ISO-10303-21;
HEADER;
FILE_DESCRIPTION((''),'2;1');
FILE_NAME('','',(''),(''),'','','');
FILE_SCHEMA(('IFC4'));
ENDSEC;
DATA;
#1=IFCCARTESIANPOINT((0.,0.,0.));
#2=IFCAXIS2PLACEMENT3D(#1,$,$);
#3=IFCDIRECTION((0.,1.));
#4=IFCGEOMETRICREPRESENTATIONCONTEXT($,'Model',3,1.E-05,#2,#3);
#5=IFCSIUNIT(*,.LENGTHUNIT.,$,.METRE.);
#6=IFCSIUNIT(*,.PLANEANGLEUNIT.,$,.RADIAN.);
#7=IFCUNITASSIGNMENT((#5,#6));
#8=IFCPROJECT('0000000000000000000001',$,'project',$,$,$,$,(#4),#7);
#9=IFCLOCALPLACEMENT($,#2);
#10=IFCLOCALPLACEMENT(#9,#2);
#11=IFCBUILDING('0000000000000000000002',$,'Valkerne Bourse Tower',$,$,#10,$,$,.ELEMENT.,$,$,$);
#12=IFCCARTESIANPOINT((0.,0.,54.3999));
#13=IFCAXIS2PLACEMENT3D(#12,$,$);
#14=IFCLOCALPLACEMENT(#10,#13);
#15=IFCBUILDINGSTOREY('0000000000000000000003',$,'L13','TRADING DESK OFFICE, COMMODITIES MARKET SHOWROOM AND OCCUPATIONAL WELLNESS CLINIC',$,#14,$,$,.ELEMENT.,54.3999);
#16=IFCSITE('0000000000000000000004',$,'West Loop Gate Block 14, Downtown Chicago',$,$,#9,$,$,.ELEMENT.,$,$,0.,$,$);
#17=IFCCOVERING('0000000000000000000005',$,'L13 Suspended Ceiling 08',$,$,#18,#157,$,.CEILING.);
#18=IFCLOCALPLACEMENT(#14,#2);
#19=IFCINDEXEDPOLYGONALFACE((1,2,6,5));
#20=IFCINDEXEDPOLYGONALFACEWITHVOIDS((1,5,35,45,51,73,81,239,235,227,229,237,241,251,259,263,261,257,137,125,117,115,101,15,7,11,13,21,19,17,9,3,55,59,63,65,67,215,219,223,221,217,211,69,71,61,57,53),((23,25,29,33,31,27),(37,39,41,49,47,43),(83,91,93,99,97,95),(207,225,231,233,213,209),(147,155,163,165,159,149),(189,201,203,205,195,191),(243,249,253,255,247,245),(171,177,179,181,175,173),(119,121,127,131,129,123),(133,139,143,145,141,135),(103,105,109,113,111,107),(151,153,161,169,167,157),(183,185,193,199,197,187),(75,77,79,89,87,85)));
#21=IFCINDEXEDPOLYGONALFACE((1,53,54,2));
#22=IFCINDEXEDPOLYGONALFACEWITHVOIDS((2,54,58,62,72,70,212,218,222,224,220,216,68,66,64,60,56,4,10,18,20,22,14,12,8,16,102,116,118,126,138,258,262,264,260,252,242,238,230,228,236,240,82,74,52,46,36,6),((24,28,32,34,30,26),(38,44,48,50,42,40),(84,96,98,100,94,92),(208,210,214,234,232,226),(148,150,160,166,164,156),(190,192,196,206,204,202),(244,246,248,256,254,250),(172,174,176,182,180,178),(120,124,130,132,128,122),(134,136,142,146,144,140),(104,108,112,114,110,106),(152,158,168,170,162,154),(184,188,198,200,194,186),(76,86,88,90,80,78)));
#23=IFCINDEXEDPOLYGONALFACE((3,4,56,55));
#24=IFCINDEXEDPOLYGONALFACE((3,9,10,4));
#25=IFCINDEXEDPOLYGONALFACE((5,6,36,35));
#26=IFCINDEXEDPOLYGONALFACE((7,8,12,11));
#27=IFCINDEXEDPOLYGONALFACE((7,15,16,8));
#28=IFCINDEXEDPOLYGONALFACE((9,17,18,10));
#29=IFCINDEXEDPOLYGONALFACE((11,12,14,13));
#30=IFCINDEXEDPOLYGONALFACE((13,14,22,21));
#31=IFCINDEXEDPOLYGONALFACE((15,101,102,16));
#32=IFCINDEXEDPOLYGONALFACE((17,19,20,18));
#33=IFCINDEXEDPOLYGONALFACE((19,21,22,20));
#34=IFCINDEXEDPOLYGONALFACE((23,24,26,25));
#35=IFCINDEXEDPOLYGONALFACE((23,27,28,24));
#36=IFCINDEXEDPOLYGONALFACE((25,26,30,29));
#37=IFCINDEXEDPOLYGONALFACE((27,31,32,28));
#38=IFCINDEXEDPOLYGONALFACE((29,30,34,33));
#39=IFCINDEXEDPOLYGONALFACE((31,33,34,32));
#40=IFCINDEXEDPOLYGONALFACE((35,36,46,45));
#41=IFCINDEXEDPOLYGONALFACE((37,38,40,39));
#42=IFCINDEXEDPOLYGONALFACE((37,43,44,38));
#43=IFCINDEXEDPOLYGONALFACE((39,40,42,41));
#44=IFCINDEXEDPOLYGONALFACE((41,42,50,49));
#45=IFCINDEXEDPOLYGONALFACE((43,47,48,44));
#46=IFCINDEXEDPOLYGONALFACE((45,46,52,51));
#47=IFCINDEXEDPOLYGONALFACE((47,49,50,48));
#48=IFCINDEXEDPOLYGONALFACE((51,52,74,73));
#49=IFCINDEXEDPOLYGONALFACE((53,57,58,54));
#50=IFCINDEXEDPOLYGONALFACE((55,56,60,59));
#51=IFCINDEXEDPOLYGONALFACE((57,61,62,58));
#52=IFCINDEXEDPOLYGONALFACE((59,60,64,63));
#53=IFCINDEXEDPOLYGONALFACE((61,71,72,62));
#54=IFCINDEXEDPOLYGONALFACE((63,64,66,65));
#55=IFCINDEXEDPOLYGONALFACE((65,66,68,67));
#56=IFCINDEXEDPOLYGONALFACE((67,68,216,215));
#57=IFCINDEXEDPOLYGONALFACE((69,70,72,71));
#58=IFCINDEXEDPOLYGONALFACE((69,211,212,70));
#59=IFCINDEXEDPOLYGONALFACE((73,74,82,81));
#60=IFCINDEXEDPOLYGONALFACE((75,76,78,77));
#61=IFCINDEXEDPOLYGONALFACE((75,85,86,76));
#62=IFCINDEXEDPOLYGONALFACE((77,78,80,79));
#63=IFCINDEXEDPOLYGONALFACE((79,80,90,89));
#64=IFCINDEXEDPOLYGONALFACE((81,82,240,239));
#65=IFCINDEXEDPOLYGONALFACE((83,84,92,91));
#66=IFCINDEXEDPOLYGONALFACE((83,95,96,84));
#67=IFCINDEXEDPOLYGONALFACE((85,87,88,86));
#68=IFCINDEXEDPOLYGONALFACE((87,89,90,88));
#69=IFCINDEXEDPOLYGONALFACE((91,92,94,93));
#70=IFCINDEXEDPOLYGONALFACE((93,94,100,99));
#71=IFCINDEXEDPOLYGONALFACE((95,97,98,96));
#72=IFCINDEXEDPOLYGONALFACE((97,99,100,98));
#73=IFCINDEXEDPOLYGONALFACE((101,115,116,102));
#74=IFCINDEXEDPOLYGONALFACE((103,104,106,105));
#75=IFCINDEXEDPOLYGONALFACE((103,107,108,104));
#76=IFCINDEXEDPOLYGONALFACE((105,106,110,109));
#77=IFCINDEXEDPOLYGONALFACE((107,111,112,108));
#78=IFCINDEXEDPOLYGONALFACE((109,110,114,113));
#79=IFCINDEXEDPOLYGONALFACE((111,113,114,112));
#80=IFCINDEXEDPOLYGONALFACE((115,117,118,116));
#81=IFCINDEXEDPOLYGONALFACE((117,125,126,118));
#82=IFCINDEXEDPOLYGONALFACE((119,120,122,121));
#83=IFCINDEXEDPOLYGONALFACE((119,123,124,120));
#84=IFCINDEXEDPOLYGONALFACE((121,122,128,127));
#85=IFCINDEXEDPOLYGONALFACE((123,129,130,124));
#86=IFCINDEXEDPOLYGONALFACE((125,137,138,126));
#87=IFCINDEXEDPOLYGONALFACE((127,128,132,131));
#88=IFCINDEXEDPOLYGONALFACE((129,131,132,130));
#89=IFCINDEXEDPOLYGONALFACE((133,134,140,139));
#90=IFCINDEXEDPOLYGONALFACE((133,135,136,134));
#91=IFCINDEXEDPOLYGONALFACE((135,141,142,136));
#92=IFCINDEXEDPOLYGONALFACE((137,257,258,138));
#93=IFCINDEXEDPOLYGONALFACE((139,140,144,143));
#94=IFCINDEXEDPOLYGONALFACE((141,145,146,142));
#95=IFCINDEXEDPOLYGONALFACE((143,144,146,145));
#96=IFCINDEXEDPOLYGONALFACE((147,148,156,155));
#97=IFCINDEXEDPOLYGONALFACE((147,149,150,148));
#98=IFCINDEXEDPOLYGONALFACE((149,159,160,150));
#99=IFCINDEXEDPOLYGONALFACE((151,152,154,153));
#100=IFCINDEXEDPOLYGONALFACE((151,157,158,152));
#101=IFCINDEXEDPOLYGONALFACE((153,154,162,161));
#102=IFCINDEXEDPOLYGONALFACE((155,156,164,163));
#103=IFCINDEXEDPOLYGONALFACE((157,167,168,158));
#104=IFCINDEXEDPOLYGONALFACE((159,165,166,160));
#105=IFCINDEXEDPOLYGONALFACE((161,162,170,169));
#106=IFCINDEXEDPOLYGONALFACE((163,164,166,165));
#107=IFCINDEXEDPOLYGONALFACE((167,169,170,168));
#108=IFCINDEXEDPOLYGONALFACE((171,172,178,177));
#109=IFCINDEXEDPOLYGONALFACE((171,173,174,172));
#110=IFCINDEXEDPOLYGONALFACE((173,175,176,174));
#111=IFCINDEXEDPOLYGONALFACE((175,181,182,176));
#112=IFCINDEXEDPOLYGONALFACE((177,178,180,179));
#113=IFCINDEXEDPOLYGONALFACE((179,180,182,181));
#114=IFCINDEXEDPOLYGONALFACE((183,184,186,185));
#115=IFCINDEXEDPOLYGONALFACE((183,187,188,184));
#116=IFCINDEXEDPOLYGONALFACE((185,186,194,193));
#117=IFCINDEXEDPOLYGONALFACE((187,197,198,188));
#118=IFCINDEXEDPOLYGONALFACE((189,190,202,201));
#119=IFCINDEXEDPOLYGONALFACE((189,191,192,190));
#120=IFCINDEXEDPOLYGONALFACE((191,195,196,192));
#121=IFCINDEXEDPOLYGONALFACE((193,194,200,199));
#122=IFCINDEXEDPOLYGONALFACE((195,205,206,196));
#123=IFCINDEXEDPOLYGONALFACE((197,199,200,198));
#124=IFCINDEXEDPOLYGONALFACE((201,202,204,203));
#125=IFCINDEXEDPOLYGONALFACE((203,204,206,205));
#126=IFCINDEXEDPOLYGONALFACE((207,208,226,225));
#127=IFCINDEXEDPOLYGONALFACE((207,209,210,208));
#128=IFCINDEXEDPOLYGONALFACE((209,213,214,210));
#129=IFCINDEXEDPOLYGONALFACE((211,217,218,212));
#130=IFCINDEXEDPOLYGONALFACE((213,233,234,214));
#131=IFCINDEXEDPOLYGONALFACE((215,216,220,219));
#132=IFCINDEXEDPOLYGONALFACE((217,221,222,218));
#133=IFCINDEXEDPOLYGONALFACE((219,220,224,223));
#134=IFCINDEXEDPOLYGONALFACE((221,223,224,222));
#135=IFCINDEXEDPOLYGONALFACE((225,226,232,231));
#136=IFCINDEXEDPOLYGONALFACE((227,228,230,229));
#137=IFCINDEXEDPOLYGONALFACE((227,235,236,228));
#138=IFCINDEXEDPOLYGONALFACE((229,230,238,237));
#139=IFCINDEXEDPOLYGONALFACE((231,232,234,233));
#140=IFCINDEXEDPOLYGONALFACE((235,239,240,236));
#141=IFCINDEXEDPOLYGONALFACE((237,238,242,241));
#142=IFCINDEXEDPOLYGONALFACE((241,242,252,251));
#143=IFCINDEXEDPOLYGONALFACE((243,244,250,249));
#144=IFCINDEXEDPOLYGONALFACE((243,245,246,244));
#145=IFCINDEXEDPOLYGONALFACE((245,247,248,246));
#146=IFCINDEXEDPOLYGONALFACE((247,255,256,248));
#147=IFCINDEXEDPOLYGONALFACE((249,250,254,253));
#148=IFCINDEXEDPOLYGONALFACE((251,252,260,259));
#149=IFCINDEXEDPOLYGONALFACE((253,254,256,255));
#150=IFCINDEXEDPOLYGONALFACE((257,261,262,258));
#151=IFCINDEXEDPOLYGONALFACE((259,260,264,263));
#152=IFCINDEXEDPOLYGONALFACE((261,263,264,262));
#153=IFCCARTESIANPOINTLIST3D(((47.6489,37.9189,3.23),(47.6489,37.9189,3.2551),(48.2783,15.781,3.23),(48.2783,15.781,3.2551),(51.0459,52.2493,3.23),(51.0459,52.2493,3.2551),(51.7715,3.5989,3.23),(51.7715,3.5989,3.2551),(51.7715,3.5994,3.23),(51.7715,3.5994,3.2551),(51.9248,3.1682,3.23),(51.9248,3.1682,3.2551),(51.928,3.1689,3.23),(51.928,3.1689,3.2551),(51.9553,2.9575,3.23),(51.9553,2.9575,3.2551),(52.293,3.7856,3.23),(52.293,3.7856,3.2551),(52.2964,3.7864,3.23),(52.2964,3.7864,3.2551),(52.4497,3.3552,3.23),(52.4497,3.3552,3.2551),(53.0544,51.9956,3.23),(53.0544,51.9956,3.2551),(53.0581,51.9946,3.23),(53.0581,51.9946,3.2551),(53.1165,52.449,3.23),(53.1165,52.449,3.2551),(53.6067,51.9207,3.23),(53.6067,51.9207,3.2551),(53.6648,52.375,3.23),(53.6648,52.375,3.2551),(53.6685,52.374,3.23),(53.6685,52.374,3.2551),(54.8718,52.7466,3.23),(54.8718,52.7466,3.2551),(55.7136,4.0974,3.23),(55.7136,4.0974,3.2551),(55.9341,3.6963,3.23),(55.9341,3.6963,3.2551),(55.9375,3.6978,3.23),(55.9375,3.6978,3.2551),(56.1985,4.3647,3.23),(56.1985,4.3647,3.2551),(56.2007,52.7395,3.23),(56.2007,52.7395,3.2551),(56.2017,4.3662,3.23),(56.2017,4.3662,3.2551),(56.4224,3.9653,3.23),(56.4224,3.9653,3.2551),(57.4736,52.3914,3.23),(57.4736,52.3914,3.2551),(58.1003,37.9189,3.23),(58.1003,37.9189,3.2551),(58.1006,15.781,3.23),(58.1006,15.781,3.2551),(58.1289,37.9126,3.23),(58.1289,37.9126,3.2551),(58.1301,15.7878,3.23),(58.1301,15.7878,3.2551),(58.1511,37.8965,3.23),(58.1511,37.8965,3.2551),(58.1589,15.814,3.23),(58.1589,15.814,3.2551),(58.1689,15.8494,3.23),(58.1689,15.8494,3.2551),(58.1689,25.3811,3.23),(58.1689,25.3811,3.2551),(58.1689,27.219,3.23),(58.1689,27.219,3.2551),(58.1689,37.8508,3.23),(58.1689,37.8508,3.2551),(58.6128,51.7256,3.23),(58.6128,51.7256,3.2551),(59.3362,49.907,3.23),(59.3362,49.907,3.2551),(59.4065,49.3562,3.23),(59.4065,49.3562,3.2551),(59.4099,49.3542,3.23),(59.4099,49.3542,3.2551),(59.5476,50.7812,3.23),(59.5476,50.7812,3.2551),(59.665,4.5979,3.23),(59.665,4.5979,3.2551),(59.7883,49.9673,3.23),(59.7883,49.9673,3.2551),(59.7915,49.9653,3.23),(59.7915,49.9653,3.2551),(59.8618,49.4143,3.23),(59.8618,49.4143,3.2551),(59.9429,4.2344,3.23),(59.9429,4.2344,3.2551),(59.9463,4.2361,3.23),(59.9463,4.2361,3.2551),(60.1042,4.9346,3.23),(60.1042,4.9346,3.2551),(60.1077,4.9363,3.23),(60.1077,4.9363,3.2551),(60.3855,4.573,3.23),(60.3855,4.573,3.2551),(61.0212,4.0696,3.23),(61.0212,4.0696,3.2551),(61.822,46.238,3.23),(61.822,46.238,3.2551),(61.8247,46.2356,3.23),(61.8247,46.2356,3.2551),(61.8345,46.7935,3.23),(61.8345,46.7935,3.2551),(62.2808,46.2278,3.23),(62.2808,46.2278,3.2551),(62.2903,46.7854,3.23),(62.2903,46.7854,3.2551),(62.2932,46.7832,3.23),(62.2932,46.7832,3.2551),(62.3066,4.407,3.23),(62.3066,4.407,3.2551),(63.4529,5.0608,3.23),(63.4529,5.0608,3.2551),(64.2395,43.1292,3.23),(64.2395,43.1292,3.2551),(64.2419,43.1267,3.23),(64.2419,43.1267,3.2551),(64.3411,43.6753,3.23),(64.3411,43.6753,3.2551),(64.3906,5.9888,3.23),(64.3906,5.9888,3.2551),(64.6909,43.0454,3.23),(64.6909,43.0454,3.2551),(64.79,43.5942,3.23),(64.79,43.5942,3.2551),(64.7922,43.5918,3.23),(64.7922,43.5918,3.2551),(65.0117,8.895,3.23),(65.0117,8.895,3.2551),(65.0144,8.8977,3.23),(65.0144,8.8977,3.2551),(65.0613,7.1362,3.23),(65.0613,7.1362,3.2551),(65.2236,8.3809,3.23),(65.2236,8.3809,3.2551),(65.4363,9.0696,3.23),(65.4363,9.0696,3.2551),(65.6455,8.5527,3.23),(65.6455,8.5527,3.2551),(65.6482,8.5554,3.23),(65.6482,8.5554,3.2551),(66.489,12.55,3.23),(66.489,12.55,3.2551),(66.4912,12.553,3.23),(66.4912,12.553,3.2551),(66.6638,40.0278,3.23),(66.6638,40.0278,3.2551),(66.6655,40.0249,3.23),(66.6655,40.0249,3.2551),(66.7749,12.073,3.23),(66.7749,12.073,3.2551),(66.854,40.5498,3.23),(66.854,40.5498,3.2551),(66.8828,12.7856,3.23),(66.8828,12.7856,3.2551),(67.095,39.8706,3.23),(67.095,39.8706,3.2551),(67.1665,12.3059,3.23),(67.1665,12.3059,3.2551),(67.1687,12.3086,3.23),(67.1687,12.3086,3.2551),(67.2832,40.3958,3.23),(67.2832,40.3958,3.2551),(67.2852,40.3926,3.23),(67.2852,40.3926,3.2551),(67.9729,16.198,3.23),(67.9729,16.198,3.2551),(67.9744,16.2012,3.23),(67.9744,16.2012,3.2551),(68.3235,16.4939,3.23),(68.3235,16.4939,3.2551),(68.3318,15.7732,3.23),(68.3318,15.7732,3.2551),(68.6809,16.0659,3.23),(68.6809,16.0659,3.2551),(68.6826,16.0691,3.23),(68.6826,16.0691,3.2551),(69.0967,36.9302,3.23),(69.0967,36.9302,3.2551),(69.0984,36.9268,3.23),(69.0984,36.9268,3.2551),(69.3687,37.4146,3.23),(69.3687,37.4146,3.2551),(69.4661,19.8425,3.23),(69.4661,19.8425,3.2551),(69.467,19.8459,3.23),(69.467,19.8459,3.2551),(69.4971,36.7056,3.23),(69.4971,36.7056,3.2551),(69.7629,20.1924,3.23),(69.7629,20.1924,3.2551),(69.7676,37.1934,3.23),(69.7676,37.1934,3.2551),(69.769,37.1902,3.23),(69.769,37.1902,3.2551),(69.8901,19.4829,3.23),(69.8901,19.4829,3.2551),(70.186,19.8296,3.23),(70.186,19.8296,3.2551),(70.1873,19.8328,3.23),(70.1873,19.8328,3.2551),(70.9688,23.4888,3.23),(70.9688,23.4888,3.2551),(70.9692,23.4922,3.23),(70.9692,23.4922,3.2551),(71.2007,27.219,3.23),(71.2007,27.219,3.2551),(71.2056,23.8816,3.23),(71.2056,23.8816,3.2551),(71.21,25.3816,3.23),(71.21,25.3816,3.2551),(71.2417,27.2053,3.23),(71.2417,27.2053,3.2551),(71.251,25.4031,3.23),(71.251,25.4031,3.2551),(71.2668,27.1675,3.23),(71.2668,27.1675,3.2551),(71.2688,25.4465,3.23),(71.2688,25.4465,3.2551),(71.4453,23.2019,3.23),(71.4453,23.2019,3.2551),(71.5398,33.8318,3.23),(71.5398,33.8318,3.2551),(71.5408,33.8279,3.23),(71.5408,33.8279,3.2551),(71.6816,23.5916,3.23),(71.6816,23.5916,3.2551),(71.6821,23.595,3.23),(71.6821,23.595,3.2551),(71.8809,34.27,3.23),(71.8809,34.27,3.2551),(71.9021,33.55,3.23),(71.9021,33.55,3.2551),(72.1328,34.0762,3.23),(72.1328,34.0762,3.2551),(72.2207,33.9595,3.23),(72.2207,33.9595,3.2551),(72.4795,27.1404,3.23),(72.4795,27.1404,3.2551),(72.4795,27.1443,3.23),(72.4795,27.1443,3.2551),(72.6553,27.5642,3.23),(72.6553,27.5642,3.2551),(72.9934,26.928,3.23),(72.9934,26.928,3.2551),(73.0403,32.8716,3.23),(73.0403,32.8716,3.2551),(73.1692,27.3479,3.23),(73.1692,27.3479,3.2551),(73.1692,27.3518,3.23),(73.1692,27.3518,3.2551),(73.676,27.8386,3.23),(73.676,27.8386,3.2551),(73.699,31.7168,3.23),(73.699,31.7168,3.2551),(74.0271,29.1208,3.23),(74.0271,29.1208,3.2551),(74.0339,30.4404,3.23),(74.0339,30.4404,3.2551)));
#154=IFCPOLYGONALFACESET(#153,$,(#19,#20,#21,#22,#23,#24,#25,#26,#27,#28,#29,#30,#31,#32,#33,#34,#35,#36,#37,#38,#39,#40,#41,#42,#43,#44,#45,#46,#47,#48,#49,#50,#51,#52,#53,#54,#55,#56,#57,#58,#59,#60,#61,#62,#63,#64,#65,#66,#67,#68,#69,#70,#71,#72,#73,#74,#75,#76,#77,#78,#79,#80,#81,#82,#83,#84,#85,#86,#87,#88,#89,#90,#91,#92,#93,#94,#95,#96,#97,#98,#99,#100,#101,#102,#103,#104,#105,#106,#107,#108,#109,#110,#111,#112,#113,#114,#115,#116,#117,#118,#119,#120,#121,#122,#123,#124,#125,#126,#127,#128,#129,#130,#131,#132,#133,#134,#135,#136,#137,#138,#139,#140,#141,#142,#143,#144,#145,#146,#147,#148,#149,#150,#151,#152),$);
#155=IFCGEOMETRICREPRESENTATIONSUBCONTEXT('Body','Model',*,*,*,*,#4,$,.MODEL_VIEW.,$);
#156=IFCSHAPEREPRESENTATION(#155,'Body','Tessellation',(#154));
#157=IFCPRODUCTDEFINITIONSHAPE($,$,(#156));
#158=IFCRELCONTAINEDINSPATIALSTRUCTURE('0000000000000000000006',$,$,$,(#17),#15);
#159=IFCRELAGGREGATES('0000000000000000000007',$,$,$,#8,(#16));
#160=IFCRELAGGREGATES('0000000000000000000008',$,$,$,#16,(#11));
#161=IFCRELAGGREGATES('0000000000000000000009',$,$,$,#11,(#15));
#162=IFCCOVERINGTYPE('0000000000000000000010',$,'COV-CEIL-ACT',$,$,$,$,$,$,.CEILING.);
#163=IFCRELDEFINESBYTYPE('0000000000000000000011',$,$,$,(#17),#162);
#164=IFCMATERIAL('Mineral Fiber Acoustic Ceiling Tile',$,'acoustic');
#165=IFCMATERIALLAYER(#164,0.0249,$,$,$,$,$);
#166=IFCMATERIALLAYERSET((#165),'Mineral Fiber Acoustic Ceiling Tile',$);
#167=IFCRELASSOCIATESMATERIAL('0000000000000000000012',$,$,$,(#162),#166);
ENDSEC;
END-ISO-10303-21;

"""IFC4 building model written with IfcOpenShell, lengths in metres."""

from ifc_helpers import new_model, si_unit, direction, frame, origin, place, context, subcontext, project, spatial, polyline, outline, extrude, material, layer, layer_set, type_object, element, save


model = new_model("IFC4")

# Units and contexts
model_context = context("Model", 3, precision=1e-05, world=origin(), true_north=direction((0.0, 1.0)))
body_context = subcontext(model_context, "Body", "Model", "MODEL_VIEW")
ifc_project = project(units=[si_unit("LENGTHUNIT", "METRE"), si_unit("PLANEANGLEUNIT", "RADIAN")], contexts=[model_context])

# Site, building, storey
site_placement = place(None, origin())
site = spatial("IfcSite", under=ifc_project, at=site_placement, Name="West Loop Gate Block 14, Downtown Chicago", CompositionType="ELEMENT", RefElevation=0.0)
building_placement = place(site_placement, origin())
building = spatial("IfcBuilding", under=site, at=building_placement, Name="Valkerne Bourse Tower", CompositionType="ELEMENT")
storey_placement = place(building_placement, frame((0.0, 0.0, 54.3999)))
storey = spatial("IfcBuildingStorey", under=building, at=storey_placement, Name="L13", Description="TRADING DESK OFFICE, COMMODITIES MARKET SHOWROOM AND OCCUPATIONAL WELLNESS CLINIC", CompositionType="ELEMENT", Elevation=54.3999)

# Covering
ifc_material_1 = material(Name="Mineral Fiber Acoustic Ceiling Tile", Category="acoustic")
ifc_layer_1 = layer(ifc_material_1, 0.0249)
ifc_layer_set_1 = layer_set([ifc_layer_1], Name="Mineral Fiber Acoustic Ceiling Tile")
covering_type_1 = type_object("IfcCoveringType", Name="COV-CEIL-ACT", PredefinedType="CEILING", material=ifc_layer_set_1)
covering_1_placement = place(storey_placement, frame((0.0, 0.0, 3.23)))
element("IfcCovering", 1, at=covering_1_placement, inside=storey, type_object=covering_type_1, Name="L13 Suspended Ceiling 08", PredefinedType="CEILING", context=body_context, shape_type="SweptSolid", body=[
    extrude(outline(polyline([(62.3066, 4.407), (61.0212, 4.0696), (51.9553, 2.9575), (51.7715, 3.5989), (51.9248, 3.1682), (51.928, 3.1689), (52.4497, 3.3552), (52.2964, 3.7864), (52.293, 3.7856), (51.7715, 3.5994), (48.2783, 15.781), (58.1006, 15.781), (58.1301, 15.7878), (58.1589, 15.814), (58.1689, 15.8494), (58.1689, 25.3811), (71.21, 25.3816), (71.251, 25.4031), (71.2688, 25.4465), (71.2668, 27.1675), (71.2417, 27.2053), (71.2007, 27.219), (58.1689, 27.219), (58.1689, 37.8508), (58.1511, 37.8965), (58.1289, 37.9126), (58.1003, 37.9189), (47.6489, 37.9189), (51.0459, 52.2493), (54.8718, 52.7466), (56.2007, 52.7395), (57.4736, 52.3914), (58.6128, 51.7256), (59.5476, 50.7812), (72.1328, 34.0762), (71.8809, 34.27), (71.5398, 33.8318), (71.5408, 33.8279), (71.9021, 33.55), (72.2207, 33.9595), (73.0403, 32.8716), (73.699, 31.7168), (74.0339, 30.4404), (74.0271, 29.1208), (73.676, 27.8386), (65.0613, 7.1362), (64.3906, 5.9888), (63.4529, 5.0608), (62.3066, 4.407)]), holes=[polyline([(53.6685, 52.374), (53.6648, 52.375), (53.1165, 52.449), (53.0544, 51.9956), (53.0581, 51.9946), (53.6067, 51.9207), (53.6685, 52.374)]), polyline([(56.4224, 3.9653), (56.2017, 4.3662), (56.1985, 4.3647), (55.7136, 4.0974), (55.9341, 3.6963), (55.9375, 3.6978), (56.4224, 3.9653)]), polyline([(59.9463, 4.2361), (60.3855, 4.573), (60.1077, 4.9363), (60.1042, 4.9346), (59.665, 4.5979), (59.9429, 4.2344), (59.9463, 4.2361)]), polyline([(65.6455, 8.5527), (65.6482, 8.5554), (65.4363, 9.0696), (65.0144, 8.8977), (65.0117, 8.895), (65.2236, 8.3809), (65.6455, 8.5527)]), polyline([(67.1687, 12.3086), (66.8828, 12.7856), (66.4912, 12.553), (66.489, 12.55), (66.7749, 12.073), (67.1665, 12.3059), (67.1687, 12.3086)]), polyline([(68.6809, 16.0659), (68.6826, 16.0691), (68.3235, 16.4939), (67.9744, 16.2012), (67.9729, 16.198), (68.3318, 15.7732), (68.6809, 16.0659)]), polyline([(70.186, 19.8296), (70.1873, 19.8328), (69.7629, 20.1924), (69.467, 19.8459), (69.4661, 19.8425), (69.8901, 19.4829), (70.186, 19.8296)]), polyline([(71.6821, 23.595), (71.2056, 23.8816), (70.9692, 23.4922), (70.9688, 23.4888), (71.4453, 23.2019), (71.6816, 23.5916), (71.6821, 23.595)]), polyline([(73.1692, 27.3479), (73.1692, 27.3518), (72.6553, 27.5642), (72.4795, 27.1443), (72.4795, 27.1404), (72.9934, 26.928), (73.1692, 27.3479)]), polyline([(69.7676, 37.1934), (69.3687, 37.4146), (69.0967, 36.9302), (69.0984, 36.9268), (69.4971, 36.7056), (69.769, 37.1902), (69.7676, 37.1934)]), polyline([(67.2852, 40.3926), (67.2832, 40.3958), (66.854, 40.5498), (66.6638, 40.0278), (66.6655, 40.0249), (67.095, 39.8706), (67.2852, 40.3926)]), polyline([(64.7922, 43.5918), (64.79, 43.5942), (64.3411, 43.6753), (64.2395, 43.1292), (64.2419, 43.1267), (64.6909, 43.0454), (64.7922, 43.5918)]), polyline([(62.2903, 46.7854), (61.8345, 46.7935), (61.822, 46.238), (61.8247, 46.2356), (62.2808, 46.2278), (62.2932, 46.7832), (62.2903, 46.7854)]), polyline([(59.8618, 49.4143), (59.7915, 49.9653), (59.7883, 49.9673), (59.3362, 49.907), (59.4065, 49.3562), (59.4099, 49.3542), (59.8618, 49.4143)])]), origin(), (0.0, 0.0, 1.0), 0.0251),
])

save(model, "model.ifc")
